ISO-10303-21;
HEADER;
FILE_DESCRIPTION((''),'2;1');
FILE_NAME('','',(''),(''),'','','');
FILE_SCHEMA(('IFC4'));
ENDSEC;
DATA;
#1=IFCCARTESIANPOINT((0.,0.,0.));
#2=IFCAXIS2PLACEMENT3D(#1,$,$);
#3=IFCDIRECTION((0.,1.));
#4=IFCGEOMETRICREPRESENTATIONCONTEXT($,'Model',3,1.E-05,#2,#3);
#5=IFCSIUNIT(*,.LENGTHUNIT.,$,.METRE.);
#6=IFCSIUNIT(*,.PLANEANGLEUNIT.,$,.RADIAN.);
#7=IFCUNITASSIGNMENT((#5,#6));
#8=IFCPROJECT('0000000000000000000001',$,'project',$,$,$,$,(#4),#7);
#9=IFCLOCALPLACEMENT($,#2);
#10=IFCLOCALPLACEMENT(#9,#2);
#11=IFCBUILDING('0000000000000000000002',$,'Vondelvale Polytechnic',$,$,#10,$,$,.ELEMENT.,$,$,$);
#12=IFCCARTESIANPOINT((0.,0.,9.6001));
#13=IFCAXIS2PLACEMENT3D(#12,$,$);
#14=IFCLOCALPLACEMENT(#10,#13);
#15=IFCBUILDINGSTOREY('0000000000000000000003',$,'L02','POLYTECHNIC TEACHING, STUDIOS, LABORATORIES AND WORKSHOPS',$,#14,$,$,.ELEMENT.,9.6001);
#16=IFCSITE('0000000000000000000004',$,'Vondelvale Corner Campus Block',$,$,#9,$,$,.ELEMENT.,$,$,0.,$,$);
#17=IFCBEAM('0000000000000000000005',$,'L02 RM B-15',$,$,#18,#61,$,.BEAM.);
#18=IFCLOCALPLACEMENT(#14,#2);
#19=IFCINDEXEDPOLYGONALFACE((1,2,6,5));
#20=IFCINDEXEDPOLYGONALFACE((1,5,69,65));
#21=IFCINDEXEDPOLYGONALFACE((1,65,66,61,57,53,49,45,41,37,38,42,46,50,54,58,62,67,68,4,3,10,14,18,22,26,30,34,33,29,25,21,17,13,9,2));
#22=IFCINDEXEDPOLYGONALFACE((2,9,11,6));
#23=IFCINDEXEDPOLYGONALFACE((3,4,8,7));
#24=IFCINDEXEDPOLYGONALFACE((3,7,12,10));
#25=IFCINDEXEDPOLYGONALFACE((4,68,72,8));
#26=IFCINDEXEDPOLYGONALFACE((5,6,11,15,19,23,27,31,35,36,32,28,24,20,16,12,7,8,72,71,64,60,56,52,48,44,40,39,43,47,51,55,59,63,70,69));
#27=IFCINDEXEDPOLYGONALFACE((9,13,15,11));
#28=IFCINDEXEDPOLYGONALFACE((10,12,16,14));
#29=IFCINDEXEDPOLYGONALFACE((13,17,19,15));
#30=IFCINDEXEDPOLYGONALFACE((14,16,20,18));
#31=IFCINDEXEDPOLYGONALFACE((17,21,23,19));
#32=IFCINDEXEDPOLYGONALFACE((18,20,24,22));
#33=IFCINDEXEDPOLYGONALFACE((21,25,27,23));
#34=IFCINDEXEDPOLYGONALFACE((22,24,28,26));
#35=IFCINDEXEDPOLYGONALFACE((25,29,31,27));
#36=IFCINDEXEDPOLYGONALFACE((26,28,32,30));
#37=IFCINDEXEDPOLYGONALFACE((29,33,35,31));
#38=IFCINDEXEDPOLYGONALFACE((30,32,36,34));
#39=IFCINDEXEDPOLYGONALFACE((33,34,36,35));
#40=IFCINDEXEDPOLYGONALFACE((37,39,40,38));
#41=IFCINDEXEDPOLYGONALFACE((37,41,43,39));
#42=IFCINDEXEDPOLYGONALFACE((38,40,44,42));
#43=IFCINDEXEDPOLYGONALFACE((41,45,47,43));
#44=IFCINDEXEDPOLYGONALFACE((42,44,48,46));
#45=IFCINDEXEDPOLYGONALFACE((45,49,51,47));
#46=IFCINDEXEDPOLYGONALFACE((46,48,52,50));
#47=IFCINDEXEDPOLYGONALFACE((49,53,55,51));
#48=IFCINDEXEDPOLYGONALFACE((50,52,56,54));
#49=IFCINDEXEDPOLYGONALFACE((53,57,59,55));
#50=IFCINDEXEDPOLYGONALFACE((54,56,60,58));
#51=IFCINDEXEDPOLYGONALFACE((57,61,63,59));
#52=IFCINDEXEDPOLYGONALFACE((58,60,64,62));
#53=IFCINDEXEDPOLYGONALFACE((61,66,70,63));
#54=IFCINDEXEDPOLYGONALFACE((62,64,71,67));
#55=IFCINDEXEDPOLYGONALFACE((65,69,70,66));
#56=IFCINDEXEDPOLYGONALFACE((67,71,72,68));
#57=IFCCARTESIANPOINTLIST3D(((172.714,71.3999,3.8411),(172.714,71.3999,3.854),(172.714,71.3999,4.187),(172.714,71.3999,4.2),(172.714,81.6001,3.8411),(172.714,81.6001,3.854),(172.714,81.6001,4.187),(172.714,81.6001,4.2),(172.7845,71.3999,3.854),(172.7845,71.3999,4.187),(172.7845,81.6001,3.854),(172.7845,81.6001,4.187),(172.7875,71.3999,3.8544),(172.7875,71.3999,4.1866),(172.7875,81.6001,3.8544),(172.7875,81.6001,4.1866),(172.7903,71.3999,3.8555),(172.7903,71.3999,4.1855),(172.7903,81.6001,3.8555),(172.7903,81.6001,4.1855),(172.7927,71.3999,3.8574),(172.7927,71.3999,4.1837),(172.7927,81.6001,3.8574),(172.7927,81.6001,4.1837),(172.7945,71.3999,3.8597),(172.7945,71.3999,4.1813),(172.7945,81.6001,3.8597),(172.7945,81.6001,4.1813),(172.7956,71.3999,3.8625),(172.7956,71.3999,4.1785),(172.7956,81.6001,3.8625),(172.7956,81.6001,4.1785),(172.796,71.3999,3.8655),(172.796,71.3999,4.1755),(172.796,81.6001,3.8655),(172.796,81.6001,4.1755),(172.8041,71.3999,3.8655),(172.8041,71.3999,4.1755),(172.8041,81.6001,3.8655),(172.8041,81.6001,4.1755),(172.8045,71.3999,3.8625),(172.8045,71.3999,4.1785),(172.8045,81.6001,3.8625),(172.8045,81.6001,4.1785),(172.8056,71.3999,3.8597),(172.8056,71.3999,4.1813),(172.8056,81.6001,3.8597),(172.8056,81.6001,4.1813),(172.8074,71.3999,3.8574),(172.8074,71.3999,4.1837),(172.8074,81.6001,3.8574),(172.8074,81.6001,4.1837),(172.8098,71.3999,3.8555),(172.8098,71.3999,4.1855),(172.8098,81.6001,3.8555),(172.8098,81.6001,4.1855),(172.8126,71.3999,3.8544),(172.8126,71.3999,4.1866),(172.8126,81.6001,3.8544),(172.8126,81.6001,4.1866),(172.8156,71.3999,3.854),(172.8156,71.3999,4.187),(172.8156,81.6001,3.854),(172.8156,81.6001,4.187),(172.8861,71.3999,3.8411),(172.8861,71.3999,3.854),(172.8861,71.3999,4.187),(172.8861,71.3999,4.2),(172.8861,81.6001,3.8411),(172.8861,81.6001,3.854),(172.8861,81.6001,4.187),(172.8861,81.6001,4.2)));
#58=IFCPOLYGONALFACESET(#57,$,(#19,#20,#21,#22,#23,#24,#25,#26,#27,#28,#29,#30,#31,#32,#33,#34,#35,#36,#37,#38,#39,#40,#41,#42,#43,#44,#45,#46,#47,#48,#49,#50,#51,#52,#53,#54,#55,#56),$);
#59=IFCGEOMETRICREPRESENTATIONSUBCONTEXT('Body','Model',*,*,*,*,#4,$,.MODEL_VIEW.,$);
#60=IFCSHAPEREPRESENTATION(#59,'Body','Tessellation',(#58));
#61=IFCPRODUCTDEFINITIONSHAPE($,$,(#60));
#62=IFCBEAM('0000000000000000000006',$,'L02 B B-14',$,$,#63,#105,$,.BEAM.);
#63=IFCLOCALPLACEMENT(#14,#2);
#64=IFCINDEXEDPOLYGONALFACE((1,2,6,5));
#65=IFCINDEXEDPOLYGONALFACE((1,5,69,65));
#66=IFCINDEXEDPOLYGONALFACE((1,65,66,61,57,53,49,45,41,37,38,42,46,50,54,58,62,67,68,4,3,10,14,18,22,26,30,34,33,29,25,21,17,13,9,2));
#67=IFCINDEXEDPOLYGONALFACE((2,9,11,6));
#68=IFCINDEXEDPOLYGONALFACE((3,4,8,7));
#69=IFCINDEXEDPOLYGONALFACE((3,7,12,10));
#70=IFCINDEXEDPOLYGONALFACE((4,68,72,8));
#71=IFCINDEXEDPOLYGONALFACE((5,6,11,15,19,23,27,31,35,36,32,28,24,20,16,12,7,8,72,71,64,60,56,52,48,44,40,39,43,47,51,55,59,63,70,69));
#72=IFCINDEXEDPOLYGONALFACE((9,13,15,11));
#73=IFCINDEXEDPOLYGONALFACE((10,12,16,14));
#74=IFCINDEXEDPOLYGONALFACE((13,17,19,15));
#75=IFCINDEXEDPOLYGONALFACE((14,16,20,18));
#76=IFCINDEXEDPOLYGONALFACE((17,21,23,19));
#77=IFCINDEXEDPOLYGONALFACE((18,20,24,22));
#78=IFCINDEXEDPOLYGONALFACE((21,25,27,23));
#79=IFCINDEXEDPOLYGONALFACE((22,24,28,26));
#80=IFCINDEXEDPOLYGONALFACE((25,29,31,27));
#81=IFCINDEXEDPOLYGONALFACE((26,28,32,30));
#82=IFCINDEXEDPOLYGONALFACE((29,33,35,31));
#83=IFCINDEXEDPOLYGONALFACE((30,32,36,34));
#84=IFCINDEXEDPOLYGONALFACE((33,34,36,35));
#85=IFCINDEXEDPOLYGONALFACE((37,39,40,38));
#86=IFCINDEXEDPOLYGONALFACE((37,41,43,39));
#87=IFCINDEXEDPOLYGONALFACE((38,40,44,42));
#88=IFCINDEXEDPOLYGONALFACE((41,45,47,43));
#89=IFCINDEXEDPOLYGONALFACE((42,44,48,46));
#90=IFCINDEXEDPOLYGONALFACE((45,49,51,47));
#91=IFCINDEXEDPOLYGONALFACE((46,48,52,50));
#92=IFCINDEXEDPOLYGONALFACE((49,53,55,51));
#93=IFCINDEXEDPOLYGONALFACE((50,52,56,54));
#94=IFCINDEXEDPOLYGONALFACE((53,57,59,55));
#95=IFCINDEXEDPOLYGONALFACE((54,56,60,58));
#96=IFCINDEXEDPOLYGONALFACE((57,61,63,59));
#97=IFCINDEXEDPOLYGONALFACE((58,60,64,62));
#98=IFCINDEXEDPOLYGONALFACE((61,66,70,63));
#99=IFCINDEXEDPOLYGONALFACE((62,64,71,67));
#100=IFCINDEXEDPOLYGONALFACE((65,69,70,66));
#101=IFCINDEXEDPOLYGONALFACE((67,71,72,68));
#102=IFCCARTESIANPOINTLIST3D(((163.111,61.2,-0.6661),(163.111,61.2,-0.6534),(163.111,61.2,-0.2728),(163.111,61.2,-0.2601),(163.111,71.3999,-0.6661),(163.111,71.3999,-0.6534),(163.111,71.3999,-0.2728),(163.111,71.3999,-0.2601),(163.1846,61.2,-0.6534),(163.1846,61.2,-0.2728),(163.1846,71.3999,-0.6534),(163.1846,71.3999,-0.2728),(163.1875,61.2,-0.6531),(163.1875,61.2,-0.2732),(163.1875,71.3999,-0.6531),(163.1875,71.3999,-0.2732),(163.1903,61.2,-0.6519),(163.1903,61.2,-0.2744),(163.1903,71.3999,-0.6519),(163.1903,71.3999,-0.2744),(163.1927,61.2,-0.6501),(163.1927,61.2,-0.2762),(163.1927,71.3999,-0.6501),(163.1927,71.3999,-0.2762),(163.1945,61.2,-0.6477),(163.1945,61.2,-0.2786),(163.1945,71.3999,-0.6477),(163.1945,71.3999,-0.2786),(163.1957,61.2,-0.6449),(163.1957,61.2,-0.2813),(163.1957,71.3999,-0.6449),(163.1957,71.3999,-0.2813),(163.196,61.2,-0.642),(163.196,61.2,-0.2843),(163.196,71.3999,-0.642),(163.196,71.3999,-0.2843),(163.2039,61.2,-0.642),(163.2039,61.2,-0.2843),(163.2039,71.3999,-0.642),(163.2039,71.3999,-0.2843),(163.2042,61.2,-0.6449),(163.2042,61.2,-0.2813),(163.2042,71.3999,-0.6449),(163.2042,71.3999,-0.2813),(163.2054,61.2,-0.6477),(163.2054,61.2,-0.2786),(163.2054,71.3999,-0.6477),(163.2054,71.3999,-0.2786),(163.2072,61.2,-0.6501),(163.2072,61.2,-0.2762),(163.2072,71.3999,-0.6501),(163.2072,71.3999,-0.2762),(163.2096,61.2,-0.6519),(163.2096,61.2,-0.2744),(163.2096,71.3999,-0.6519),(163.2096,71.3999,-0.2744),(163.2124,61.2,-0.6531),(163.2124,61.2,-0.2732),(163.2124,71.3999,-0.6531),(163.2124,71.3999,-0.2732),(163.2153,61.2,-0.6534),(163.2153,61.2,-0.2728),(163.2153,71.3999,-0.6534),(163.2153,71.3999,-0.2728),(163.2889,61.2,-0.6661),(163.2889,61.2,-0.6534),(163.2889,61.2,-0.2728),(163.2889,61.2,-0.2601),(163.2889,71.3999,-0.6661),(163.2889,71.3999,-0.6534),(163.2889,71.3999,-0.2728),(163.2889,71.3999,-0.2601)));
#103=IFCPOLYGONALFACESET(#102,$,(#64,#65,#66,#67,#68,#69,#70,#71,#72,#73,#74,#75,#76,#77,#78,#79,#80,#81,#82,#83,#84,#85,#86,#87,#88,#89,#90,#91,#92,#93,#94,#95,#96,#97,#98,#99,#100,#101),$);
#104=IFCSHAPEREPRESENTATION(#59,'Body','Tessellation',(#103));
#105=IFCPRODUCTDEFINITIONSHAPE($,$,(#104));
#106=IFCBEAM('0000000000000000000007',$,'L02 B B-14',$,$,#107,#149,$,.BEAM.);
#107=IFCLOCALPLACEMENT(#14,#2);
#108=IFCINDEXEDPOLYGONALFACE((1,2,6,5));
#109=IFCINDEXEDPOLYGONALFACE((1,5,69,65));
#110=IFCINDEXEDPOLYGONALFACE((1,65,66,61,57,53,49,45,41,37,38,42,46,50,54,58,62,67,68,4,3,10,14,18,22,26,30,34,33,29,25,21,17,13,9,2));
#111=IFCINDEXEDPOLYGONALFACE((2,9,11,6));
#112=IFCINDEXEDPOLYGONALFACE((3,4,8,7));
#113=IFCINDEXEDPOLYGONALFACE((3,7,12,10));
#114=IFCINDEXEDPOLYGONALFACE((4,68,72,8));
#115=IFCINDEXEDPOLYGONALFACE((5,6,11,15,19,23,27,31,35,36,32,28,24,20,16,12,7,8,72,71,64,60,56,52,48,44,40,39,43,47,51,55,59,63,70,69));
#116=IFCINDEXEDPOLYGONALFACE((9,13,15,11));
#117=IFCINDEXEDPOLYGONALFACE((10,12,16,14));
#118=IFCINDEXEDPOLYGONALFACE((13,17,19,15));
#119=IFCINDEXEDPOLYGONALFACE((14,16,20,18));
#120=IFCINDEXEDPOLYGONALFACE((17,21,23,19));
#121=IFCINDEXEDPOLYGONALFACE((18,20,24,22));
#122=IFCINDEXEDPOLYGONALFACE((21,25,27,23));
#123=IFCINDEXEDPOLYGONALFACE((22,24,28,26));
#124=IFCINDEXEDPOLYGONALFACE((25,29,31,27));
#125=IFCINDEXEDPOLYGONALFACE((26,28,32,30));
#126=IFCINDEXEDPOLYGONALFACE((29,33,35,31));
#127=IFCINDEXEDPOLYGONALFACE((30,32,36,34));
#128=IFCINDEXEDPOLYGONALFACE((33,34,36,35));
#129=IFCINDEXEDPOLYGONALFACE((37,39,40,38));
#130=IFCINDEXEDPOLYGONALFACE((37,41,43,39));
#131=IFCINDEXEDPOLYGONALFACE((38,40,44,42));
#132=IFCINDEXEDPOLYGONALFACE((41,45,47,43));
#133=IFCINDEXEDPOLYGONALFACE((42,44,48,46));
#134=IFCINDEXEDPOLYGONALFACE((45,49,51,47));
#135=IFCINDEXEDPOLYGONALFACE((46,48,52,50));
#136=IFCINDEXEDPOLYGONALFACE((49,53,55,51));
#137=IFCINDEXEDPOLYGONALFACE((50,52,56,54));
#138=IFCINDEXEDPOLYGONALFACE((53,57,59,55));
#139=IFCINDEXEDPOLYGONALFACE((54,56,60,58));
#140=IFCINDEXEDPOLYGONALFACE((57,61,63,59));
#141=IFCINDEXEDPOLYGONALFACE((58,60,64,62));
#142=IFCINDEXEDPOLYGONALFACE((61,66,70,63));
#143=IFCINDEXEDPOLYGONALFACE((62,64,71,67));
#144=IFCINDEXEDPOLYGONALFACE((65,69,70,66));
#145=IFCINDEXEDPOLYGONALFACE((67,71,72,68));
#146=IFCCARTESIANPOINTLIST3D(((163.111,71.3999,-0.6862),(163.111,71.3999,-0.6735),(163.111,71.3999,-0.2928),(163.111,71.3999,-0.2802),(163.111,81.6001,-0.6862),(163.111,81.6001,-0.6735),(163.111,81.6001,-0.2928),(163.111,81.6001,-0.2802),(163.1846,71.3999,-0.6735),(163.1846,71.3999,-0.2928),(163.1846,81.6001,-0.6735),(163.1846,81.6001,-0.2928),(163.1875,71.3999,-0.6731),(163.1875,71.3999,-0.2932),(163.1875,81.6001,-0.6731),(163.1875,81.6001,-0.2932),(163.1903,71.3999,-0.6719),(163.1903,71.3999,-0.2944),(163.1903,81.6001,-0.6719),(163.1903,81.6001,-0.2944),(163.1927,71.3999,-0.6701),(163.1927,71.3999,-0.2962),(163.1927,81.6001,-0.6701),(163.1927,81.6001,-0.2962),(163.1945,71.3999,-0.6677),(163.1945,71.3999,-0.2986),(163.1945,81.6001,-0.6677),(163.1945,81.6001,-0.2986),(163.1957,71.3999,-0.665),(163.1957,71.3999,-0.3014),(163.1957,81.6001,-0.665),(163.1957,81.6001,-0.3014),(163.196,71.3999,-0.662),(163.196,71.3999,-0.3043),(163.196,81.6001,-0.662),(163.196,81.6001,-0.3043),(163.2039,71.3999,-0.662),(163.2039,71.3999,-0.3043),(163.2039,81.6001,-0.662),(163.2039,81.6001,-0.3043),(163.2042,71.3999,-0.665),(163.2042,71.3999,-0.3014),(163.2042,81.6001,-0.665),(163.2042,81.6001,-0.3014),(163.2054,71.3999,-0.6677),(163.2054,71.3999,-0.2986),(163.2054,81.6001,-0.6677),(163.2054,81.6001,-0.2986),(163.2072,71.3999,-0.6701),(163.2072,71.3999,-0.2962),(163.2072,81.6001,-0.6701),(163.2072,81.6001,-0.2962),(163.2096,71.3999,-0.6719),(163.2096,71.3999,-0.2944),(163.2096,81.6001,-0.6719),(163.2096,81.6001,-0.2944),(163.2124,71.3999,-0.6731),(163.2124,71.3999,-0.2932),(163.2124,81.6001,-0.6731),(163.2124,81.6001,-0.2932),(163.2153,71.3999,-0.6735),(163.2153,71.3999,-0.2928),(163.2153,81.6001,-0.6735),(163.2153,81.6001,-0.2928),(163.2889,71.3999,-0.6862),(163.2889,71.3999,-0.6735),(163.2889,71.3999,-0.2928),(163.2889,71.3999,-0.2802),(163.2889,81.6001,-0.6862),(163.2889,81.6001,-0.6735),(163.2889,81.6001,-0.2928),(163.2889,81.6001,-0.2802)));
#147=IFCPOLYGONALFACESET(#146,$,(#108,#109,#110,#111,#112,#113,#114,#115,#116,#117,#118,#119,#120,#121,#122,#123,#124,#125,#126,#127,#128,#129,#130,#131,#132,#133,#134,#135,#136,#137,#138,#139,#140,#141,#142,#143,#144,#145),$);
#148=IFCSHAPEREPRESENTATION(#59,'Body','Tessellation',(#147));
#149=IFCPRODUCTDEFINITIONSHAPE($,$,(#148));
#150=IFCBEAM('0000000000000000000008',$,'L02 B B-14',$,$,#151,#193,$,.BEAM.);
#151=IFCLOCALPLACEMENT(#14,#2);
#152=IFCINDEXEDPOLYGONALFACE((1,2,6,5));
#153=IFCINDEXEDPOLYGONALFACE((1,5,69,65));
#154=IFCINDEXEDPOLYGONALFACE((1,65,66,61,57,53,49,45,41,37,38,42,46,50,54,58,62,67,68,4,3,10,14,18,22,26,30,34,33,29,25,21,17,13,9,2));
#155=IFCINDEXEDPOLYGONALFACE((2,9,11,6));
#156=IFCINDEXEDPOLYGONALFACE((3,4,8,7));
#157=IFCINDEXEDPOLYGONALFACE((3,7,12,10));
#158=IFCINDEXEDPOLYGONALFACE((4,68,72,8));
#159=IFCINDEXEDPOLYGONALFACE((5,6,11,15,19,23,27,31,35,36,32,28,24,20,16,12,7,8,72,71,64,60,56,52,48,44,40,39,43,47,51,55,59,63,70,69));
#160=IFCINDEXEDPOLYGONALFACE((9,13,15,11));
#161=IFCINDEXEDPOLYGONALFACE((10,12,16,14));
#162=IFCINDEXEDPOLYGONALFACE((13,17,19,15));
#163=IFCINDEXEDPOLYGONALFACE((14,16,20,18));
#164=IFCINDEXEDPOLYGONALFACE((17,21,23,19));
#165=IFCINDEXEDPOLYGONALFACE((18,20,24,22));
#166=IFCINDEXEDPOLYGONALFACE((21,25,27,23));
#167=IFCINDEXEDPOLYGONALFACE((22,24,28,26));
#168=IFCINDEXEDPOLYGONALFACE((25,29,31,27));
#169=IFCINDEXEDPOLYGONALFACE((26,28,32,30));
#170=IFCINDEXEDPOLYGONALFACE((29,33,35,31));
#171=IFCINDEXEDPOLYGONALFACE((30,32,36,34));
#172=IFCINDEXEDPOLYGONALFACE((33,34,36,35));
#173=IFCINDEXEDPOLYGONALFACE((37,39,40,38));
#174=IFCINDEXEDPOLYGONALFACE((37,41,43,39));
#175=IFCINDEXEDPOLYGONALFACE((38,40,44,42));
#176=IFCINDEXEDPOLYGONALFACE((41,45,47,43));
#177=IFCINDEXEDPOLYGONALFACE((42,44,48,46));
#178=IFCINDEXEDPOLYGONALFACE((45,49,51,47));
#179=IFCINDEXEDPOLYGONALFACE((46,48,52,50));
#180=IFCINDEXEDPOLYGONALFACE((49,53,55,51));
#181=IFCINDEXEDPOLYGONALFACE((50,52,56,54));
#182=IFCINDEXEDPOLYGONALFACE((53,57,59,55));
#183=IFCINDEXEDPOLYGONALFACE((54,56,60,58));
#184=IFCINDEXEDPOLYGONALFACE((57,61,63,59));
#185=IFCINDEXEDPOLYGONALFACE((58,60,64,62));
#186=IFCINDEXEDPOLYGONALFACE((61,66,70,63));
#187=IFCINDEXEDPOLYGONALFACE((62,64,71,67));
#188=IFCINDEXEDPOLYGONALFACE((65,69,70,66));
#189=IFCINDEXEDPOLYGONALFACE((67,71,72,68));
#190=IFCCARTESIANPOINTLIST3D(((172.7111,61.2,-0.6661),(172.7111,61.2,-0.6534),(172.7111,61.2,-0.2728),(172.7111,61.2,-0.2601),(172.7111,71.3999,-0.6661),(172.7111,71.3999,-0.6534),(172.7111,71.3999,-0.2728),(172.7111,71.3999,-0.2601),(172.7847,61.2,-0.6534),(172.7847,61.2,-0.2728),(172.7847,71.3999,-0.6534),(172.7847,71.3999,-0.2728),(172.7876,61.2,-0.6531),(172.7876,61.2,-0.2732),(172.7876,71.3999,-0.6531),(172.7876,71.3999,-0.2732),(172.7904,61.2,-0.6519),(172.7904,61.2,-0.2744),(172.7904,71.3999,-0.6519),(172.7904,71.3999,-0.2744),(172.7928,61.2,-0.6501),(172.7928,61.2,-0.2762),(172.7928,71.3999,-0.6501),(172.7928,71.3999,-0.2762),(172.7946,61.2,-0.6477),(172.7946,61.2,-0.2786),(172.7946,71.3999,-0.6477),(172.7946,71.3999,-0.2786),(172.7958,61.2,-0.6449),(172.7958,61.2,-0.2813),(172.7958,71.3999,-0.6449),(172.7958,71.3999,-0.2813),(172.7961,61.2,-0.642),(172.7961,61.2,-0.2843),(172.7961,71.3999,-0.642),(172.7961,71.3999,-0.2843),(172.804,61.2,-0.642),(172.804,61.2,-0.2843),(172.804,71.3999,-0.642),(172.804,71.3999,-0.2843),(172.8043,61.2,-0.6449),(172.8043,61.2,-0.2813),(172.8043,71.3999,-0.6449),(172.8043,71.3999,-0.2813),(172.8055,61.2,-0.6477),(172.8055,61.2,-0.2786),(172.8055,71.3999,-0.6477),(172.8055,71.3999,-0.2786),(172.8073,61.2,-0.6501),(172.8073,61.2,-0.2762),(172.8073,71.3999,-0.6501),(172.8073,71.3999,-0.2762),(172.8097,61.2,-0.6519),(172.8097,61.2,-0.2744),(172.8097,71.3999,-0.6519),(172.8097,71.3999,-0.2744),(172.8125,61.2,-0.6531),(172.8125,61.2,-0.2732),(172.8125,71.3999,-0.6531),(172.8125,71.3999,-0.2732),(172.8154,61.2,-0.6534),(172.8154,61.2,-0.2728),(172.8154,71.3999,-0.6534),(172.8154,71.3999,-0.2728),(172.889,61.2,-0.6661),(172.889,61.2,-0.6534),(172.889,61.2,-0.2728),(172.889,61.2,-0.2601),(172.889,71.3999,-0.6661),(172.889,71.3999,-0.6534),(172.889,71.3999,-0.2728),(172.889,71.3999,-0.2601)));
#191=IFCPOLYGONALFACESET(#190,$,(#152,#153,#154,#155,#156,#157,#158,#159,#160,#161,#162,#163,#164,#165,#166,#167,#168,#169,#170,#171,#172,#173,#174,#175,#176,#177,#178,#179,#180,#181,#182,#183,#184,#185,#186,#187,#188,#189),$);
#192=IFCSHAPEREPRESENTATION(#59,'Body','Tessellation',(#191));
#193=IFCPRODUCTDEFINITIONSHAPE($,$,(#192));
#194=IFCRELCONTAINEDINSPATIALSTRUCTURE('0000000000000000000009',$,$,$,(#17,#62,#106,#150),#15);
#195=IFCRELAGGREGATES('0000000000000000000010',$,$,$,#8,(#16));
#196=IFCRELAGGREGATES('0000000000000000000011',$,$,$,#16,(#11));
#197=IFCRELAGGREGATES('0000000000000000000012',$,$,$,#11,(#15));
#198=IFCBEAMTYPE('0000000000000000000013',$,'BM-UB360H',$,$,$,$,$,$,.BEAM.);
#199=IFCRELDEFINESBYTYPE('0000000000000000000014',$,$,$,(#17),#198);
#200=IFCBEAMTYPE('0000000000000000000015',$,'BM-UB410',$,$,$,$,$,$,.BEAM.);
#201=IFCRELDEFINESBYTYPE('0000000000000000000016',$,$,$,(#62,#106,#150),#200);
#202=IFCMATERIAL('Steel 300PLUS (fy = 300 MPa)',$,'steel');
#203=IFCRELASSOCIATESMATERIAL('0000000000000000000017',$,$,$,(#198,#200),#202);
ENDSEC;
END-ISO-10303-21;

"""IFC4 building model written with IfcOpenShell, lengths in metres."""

from ifc_helpers import new_model, si_unit, direction, frame, origin, origin_2d, place, context, subcontext, project, spatial, i_section, extrude, material, material_profile, profile_set, type_object, element, save


model = new_model("IFC4")

# Units and contexts
model_context = context("Model", 3, precision=1e-05, world=origin(), true_north=direction((0.0, 1.0)))
body_context = subcontext(model_context, "Body", "Model", "MODEL_VIEW")
ifc_project = project(units=[si_unit("LENGTHUNIT", "METRE"), si_unit("PLANEANGLEUNIT", "RADIAN")], contexts=[model_context])

# Site, building, storey
site_placement = place(None, origin())
site = spatial("IfcSite", under=ifc_project, at=site_placement, Name="Vondelvale Corner Campus Block", CompositionType="ELEMENT", RefElevation=0.0)
building_placement = place(site_placement, origin())
building = spatial("IfcBuilding", under=site, at=building_placement, Name="Vondelvale Polytechnic", CompositionType="ELEMENT")
storey_placement = place(building_placement, frame((0.0, 0.0, 9.6001)))
storey = spatial("IfcBuildingStorey", under=building, at=storey_placement, Name="L02", Description="POLYTECHNIC TEACHING, STUDIOS, LABORATORIES AND WORKSHOPS", CompositionType="ELEMENT", Elevation=9.6001)

# Shared definitions
ifc_material_1 = material(Name="Steel 300PLUS (fy = 300 MPa)", Category="steel")

# Beams
ifc_material_profile_1 = material_profile(ifc_material_1, i_section(OverallWidth=0.1721, OverallDepth=0.3589, WebThickness=0.0081, FlangeThickness=0.0129, FilletRadius=0.0115, at=origin_2d()), Name="360UB56.7")
ifc_profile_set_1 = profile_set([ifc_material_profile_1], Name="Steel 300PLUS (fy = 300 MPa)")
beam_type_1 = type_object("IfcBeamType", Name="BM-UB360H", PredefinedType="BEAM", material=ifc_profile_set_1)
for number, where, z_axis, x_axis, name in (
    (1, (172.8, 71.3999, 4.0205), (0.0, 1.0, 0.0), (-1.0, 0.0, 0.0), "L02 RM B-15"),
):
    element("IfcBeam", number, at=place(storey_placement, frame(where, z_axis=z_axis, x_axis=x_axis)), inside=storey, type_object=beam_type_1, Name=name, PredefinedType="BEAM", context=body_context, shape_type="SweptSolid", body=[
        extrude(i_section(OverallWidth=0.1721, OverallDepth=0.3589, WebThickness=0.0081, FlangeThickness=0.0129, FilletRadius=0.0115, at=origin_2d()), origin(), (0.0, 0.0, 1.0), 10.2002),
    ])
ifc_material_profile_2 = material_profile(ifc_material_1, i_section(OverallWidth=0.178, OverallDepth=0.406, WebThickness=0.0078, FlangeThickness=0.0127, FilletRadius=0.0115, at=origin_2d()), Name="410UB59.7")
ifc_profile_set_2 = profile_set([ifc_material_profile_2], Name="Steel 300PLUS (fy = 300 MPa)")
beam_type_2 = type_object("IfcBeamType", Name="BM-UB410", PredefinedType="BEAM", material=ifc_profile_set_2)
beam_1_placement = place(storey_placement, frame((163.2, 61.2, -0.4631), z_axis=(0.0, 1.0, 0.0), x_axis=(-1.0, 0.0, 0.0)))
element("IfcBeam", 2, at=beam_1_placement, inside=storey, type_object=beam_type_2, Name="L02 B B-14", PredefinedType="BEAM", context=body_context, shape_type="SweptSolid", body=[
    extrude(i_section(OverallWidth=0.178, OverallDepth=0.406, WebThickness=0.0078, FlangeThickness=0.0127, FilletRadius=0.0115, at=origin_2d()), origin(), (0.0, 0.0, 1.0), 10.2),
])
beam_2_placement = place(storey_placement, frame((163.2, 71.3999, -0.4832), z_axis=(0.0, 1.0, 0.0), x_axis=(-1.0, 0.0, 0.0)))
element("IfcBeam", 3, at=beam_2_placement, inside=storey, type_object=beam_type_2, Name="L02 B B-14", PredefinedType="BEAM", context=body_context, shape_type="SweptSolid", body=[
    extrude(i_section(OverallWidth=0.178, OverallDepth=0.406, WebThickness=0.0078, FlangeThickness=0.0127, FilletRadius=0.0115, at=origin_2d()), origin(), (0.0, 0.0, 1.0), 10.2002),
])
beam_3_placement = place(storey_placement, frame((172.8, 61.2, -0.4631), z_axis=(0.0, 1.0, 0.0), x_axis=(-1.0, 0.0, 0.0)))
element("IfcBeam", 4, at=beam_3_placement, inside=storey, type_object=beam_type_2, Name="L02 B B-14", PredefinedType="BEAM", context=body_context, shape_type="SweptSolid", body=[
    extrude(i_section(OverallWidth=0.178, OverallDepth=0.406, WebThickness=0.0078, FlangeThickness=0.0127, FilletRadius=0.0115, at=origin_2d()), origin(), (0.0, 0.0, 1.0), 10.2),
])

save(model, "model.ifc")
